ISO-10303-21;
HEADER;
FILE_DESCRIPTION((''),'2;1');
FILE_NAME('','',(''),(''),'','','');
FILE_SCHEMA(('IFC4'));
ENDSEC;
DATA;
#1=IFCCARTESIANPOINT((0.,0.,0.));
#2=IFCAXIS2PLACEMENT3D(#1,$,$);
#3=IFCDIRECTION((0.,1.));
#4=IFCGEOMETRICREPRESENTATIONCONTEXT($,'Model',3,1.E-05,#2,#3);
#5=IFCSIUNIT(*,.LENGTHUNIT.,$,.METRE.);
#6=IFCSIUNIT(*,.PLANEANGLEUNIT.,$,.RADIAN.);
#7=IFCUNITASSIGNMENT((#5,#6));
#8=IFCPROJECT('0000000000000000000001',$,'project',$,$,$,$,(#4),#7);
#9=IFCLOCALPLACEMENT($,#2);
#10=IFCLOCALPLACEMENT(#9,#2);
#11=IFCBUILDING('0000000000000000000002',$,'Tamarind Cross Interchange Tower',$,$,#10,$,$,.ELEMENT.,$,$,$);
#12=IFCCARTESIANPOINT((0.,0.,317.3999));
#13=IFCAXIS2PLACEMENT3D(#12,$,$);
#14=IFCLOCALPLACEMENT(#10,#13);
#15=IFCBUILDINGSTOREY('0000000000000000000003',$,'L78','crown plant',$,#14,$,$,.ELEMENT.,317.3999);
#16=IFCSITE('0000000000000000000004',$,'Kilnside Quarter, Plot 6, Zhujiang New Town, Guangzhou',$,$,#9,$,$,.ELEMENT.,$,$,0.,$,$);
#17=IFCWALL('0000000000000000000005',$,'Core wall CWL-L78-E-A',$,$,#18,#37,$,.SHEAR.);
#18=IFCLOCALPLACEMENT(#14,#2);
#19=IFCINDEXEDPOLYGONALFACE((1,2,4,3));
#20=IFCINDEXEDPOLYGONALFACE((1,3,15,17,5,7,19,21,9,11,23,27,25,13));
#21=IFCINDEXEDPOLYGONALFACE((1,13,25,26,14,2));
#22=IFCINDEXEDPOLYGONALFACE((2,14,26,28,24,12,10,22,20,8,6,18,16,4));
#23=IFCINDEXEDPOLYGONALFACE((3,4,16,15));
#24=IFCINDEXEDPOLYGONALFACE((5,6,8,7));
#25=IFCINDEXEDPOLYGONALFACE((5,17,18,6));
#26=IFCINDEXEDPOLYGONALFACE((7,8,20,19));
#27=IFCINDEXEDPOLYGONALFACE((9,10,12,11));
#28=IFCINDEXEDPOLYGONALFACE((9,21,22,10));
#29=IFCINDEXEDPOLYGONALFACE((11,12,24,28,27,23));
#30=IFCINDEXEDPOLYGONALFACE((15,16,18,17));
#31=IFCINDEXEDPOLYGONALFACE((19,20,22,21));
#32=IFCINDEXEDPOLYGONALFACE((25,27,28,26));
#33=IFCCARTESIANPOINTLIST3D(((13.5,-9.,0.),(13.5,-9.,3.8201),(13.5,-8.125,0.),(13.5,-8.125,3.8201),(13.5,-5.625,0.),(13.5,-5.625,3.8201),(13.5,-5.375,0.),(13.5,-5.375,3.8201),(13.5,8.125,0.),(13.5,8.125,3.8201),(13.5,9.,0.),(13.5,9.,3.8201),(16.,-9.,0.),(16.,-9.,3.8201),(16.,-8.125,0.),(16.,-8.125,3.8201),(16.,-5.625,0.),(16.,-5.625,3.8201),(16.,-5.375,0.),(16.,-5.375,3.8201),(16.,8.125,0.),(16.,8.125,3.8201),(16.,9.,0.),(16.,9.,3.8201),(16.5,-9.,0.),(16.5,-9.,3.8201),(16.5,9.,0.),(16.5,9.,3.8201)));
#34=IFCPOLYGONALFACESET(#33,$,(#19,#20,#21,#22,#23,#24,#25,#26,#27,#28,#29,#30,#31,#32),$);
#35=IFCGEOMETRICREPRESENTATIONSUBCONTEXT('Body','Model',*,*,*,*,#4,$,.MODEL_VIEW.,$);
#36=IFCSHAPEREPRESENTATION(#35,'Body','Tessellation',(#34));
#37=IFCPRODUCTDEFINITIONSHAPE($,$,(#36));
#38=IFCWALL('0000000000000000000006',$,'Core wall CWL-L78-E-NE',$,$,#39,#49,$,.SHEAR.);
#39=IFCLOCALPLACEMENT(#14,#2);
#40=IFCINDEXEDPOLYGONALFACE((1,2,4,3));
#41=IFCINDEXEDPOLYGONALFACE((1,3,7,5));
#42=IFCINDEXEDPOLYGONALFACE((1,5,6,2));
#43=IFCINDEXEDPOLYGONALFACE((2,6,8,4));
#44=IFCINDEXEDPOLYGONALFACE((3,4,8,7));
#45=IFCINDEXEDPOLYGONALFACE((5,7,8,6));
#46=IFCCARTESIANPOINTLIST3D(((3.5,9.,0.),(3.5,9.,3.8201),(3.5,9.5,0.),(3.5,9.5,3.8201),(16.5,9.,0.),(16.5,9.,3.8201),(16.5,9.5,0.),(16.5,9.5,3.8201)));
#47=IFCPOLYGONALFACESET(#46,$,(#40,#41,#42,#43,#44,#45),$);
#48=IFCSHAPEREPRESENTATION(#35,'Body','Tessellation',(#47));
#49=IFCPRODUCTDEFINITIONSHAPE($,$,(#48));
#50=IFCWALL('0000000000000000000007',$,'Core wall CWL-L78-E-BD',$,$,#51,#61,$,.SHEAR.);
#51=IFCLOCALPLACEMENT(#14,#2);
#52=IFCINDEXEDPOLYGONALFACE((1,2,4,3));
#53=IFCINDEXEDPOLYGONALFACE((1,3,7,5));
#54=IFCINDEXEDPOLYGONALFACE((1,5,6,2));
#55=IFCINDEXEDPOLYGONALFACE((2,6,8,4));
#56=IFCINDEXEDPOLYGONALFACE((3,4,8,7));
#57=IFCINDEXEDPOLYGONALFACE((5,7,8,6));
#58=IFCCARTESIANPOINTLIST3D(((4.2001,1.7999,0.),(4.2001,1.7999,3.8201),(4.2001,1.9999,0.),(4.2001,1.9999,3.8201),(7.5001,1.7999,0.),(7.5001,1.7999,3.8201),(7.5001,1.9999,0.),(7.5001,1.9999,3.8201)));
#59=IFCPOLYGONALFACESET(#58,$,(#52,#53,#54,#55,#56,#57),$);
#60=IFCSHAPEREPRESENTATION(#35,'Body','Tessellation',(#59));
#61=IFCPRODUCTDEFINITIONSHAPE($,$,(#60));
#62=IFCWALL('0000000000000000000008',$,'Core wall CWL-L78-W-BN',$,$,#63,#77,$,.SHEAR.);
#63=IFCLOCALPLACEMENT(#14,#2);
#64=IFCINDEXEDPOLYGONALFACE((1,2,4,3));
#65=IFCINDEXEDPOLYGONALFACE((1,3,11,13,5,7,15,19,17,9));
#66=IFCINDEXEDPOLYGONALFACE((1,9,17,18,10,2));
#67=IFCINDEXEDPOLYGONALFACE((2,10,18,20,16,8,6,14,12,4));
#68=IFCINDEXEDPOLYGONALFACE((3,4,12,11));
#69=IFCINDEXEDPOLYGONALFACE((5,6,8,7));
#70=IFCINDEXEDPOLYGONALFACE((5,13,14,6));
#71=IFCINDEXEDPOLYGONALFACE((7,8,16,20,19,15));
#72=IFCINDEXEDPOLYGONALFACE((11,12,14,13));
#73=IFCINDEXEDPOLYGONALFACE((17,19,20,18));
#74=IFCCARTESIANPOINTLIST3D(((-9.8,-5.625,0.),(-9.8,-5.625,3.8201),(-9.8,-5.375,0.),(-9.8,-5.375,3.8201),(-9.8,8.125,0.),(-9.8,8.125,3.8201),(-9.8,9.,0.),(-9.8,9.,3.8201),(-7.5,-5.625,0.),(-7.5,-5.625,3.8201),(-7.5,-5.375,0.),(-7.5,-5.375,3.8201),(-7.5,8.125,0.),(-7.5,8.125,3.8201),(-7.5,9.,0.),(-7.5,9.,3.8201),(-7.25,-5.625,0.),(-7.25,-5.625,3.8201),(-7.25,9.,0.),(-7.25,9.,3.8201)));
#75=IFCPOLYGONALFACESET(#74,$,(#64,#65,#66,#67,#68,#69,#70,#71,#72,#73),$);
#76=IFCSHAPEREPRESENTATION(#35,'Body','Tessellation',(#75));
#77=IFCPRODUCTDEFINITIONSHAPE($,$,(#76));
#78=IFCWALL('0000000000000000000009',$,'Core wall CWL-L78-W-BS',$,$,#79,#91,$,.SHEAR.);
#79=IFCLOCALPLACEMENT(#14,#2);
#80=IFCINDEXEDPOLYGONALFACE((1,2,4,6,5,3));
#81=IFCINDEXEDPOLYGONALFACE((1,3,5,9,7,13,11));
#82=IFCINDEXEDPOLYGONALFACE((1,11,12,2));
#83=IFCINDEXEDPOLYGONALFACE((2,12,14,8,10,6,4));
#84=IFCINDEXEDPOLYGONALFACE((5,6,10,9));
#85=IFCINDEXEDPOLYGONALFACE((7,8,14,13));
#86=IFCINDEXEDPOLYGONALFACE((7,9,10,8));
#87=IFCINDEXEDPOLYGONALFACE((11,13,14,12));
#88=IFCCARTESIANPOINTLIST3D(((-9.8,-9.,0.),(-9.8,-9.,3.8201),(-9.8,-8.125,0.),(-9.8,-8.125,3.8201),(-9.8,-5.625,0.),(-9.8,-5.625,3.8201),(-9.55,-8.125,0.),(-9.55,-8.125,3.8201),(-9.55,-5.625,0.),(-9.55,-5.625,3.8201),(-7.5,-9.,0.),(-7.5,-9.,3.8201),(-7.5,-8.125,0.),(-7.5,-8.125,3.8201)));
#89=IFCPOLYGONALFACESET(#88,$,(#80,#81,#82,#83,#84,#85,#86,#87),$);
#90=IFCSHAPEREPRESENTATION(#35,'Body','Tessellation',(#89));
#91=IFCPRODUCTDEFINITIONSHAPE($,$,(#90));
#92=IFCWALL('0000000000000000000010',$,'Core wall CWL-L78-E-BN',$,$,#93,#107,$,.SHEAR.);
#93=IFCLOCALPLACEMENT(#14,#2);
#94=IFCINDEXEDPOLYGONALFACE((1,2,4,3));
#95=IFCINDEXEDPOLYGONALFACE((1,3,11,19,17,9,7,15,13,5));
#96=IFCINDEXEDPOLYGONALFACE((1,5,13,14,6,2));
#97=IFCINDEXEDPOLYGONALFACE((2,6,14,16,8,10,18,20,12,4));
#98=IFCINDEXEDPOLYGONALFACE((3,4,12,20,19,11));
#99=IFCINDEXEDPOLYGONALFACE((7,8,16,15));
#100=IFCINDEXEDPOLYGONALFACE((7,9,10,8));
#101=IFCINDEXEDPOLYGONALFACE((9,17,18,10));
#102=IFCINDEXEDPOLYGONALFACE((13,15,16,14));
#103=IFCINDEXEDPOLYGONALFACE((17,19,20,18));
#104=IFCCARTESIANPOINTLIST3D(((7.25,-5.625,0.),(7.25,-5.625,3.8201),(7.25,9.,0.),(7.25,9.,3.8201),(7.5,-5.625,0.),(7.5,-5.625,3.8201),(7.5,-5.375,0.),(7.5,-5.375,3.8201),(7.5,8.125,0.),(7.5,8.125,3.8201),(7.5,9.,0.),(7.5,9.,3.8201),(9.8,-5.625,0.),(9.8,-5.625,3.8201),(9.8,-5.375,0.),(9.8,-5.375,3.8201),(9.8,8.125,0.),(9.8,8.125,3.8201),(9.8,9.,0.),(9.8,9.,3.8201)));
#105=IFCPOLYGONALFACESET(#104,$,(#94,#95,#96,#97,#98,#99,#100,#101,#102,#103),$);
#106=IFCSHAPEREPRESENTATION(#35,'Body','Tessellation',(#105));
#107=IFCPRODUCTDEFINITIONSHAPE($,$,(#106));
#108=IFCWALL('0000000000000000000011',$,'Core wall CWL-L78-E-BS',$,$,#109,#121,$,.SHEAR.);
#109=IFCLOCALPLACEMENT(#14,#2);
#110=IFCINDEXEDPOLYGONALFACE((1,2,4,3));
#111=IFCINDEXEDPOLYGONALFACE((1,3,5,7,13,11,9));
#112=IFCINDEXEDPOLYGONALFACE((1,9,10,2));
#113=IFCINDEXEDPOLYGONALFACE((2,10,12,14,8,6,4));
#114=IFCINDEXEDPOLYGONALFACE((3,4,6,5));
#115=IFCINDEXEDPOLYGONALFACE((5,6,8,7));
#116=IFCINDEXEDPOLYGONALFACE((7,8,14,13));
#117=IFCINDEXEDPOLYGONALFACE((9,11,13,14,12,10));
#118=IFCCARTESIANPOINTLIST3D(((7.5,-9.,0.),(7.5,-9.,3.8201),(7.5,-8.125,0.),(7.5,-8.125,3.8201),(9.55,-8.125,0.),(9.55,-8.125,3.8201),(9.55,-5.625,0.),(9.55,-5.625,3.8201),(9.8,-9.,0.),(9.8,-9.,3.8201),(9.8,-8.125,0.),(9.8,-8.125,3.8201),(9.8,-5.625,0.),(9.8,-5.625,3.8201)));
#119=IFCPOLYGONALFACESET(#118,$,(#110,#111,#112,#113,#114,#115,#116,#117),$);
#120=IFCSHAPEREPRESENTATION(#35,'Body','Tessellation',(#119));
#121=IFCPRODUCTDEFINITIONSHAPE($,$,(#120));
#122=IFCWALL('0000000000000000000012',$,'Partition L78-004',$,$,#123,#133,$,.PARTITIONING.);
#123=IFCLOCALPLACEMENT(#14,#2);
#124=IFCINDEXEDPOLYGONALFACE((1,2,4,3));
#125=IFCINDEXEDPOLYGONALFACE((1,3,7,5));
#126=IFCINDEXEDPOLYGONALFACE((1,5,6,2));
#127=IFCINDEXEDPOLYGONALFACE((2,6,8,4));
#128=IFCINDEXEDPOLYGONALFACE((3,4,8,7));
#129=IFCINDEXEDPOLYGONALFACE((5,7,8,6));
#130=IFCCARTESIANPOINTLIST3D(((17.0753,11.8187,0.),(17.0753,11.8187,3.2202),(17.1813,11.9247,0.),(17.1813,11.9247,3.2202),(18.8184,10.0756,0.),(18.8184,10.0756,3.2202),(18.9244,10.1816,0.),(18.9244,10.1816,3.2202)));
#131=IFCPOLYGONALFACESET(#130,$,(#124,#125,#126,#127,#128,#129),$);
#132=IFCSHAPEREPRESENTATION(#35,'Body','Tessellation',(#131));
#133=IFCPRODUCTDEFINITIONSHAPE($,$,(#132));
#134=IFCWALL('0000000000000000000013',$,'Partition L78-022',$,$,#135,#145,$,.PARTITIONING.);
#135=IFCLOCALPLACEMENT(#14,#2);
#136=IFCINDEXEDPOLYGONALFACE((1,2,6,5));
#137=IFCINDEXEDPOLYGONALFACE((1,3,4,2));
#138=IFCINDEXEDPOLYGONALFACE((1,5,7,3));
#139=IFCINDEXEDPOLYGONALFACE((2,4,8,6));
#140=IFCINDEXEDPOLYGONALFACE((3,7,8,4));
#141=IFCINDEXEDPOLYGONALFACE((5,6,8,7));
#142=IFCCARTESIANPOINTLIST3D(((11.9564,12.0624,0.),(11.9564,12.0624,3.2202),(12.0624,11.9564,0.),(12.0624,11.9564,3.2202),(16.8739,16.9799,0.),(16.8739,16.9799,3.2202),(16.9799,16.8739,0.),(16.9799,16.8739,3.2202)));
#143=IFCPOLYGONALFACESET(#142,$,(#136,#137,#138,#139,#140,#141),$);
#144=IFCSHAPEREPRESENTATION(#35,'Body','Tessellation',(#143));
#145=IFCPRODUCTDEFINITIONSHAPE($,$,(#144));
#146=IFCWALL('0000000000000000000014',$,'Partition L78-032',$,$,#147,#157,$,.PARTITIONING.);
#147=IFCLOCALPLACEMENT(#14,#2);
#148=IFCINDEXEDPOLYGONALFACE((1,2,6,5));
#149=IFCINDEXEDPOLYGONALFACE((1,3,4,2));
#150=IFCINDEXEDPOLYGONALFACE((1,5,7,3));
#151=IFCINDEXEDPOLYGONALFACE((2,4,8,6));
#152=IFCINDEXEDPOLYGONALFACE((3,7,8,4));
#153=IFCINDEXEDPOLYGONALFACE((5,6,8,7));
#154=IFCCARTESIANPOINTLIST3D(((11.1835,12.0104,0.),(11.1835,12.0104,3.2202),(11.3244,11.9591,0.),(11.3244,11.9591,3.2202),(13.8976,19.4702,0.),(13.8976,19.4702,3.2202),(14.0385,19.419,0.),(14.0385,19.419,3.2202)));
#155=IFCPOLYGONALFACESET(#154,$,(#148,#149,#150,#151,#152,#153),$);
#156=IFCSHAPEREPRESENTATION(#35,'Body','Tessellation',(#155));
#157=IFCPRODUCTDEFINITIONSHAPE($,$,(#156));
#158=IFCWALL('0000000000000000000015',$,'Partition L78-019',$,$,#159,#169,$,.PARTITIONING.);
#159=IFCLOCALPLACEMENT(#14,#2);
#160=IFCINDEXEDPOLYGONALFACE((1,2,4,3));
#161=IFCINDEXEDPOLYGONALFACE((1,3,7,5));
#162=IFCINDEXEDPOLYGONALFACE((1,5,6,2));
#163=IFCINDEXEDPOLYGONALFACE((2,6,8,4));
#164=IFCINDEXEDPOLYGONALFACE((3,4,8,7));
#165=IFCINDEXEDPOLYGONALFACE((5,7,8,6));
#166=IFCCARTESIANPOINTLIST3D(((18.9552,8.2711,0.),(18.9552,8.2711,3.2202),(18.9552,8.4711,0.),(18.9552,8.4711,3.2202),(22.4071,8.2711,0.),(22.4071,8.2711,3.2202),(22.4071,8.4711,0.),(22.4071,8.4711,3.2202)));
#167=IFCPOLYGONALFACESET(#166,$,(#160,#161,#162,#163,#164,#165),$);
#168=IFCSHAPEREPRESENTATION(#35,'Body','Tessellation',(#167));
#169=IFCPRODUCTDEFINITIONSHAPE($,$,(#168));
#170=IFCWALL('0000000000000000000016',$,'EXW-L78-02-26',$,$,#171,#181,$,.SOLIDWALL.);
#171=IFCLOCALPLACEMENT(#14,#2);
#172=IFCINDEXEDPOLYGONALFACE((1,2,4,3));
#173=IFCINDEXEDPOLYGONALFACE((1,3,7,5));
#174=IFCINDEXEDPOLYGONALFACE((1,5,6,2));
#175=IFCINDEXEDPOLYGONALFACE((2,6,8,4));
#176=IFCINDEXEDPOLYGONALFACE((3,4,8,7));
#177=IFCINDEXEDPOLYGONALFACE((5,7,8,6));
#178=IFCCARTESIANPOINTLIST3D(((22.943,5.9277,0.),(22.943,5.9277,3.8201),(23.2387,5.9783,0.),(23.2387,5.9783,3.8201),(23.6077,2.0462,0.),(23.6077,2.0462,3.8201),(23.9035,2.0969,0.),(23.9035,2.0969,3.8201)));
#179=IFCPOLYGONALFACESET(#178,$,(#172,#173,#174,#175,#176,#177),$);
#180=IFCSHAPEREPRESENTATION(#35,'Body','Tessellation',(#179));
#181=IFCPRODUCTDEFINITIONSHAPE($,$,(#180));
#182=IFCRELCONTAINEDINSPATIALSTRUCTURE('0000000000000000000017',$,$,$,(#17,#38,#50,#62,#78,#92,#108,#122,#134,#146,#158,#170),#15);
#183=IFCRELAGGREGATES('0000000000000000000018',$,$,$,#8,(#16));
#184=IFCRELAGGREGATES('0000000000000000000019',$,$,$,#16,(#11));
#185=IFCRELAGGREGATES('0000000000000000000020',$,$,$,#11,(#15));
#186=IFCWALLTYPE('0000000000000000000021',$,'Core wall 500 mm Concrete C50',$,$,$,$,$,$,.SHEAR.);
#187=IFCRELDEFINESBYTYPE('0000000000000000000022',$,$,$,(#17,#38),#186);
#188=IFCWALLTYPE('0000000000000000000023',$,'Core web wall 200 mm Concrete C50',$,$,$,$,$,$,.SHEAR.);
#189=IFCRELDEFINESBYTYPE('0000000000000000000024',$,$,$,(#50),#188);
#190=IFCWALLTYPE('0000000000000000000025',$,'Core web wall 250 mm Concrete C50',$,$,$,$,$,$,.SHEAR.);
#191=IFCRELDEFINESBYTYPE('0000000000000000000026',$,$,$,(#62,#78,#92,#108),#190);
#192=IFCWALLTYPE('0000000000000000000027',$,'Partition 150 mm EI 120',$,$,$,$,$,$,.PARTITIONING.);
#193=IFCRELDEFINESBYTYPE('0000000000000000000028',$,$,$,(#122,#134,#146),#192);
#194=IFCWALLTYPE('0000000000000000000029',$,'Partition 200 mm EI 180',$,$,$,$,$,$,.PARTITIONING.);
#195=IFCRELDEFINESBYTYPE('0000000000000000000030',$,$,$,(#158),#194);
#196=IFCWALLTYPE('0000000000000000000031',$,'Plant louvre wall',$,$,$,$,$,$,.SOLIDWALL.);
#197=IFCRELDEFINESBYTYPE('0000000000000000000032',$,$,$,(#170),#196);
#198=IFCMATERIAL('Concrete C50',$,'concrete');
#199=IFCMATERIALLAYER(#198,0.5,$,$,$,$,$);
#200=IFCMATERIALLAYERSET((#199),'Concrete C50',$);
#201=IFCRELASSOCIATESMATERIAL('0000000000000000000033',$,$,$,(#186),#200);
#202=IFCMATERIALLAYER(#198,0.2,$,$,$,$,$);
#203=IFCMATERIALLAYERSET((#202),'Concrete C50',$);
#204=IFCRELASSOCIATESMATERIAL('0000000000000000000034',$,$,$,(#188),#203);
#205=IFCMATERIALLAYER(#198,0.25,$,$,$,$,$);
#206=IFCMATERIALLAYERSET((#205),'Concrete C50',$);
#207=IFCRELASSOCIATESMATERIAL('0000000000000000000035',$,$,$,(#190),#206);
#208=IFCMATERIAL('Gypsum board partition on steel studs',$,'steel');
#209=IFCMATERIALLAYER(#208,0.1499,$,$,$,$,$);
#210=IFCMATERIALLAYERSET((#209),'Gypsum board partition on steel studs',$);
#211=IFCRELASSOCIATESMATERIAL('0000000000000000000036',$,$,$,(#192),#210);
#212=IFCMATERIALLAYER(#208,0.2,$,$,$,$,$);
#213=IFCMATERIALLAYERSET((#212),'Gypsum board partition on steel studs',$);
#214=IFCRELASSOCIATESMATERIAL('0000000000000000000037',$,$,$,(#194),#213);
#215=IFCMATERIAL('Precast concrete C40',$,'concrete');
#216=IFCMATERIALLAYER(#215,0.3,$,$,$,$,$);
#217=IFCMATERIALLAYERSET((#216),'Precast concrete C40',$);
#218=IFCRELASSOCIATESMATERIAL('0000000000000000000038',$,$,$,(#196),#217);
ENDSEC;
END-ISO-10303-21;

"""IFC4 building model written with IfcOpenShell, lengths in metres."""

from ifc_helpers import new_model, si_unit, direction, frame, frame_2d, origin, place, context, subcontext, project, spatial, polyline, rectangle, outline, extrude, material, layer, layer_set, type_object, element, save


model = new_model("IFC4")

# Units and contexts
model_context = context("Model", 3, precision=1e-05, world=origin(), true_north=direction((0.0, 1.0)))
body_context = subcontext(model_context, "Body", "Model", "MODEL_VIEW")
ifc_project = project(units=[si_unit("LENGTHUNIT", "METRE"), si_unit("PLANEANGLEUNIT", "RADIAN")], contexts=[model_context])

# Site, building, storey
site_placement = place(None, origin())
site = spatial("IfcSite", under=ifc_project, at=site_placement, Name="Kilnside Quarter, Plot 6, Zhujiang New Town, Guangzhou", CompositionType="ELEMENT", RefElevation=0.0)
building_placement = place(site_placement, origin())
building = spatial("IfcBuilding", under=site, at=building_placement, Name="Tamarind Cross Interchange Tower", CompositionType="ELEMENT")
storey_placement = place(building_placement, frame((0.0, 0.0, 317.3999)))
storey = spatial("IfcBuildingStorey", under=building, at=storey_placement, Name="L78", Description="crown plant", CompositionType="ELEMENT", Elevation=317.3999)

# Walls
ifc_material_1 = material(Name="Concrete C50", Category="concrete")
ifc_layer_1 = layer(ifc_material_1, 0.5)
ifc_layer_set_1 = layer_set([ifc_layer_1], Name="Concrete C50")
wall_type_1 = type_object("IfcWallType", Name="Core wall 500 mm Concrete C50", PredefinedType="SHEAR", material=ifc_layer_set_1)
wall_1_placement = place(storey_placement, origin())
element("IfcWall", 1, at=wall_1_placement, inside=storey, type_object=wall_type_1, Name="Core wall CWL-L78-E-A", PredefinedType="SHEAR", context=body_context, shape_type="SweptSolid", body=[
    extrude(outline(polyline([(13.5, -8.125), (13.5, -9.0), (16.0, -9.0), (16.5, -9.0), (16.5, 9.0), (16.0, 9.0), (13.5, 9.0), (13.5, 8.125), (16.0, 8.125), (16.0, -5.375), (13.5, -5.375), (13.5, -5.625), (16.0, -5.625), (16.0, -8.125), (13.5, -8.125)])), origin(), (0.0, 0.0, 1.0), 3.8201),
])
wall_2_placement = place(storey_placement, frame((16.5, 9.25, 0.0), z_axis=(0.0, 0.0, 1.0), x_axis=(-1.0, 0.0, 0.0)))
element("IfcWall", 2, at=wall_2_placement, inside=storey, type_object=wall_type_1, Name="Core wall CWL-L78-E-NE", PredefinedType="SHEAR", context=body_context, shape_type="SweptSolid", body=[
    extrude(rectangle(XDim=13.0, YDim=0.5, at=frame_2d((6.5, 0.0))), origin(), (0.0, 0.0, 1.0), 3.8201),
])
ifc_layer_2 = layer(ifc_material_1, 0.2)
ifc_layer_set_2 = layer_set([ifc_layer_2], Name="Concrete C50")
wall_type_2 = type_object("IfcWallType", Name="Core web wall 200 mm Concrete C50", PredefinedType="SHEAR", material=ifc_layer_set_2)
wall_3_placement = place(storey_placement, frame((7.5, 1.8999, 0.0), z_axis=(0.0, 0.0, 1.0), x_axis=(-1.0, 0.0, 0.0)))
element("IfcWall", 3, at=wall_3_placement, inside=storey, type_object=wall_type_2, Name="Core wall CWL-L78-E-BD", PredefinedType="SHEAR", context=body_context, shape_type="SweptSolid", body=[
    extrude(rectangle(XDim=3.3, YDim=0.2, at=frame_2d((1.6499, 0.0))), origin(), (0.0, 0.0, 1.0), 3.8201),
])
ifc_layer_3 = layer(ifc_material_1, 0.25)
ifc_layer_set_3 = layer_set([ifc_layer_3], Name="Concrete C50")
wall_type_3 = type_object("IfcWallType", Name="Core web wall 250 mm Concrete C50", PredefinedType="SHEAR", material=ifc_layer_set_3)
wall_4_placement = place(storey_placement, origin())
element("IfcWall", 4, at=wall_4_placement, inside=storey, type_object=wall_type_3, Name="Core wall CWL-L78-W-BN", PredefinedType="SHEAR", context=body_context, shape_type="SweptSolid", body=[
    extrude(outline(polyline([(-9.8, -5.625), (-7.5, -5.625), (-7.25, -5.625), (-7.25, 9.0), (-7.5, 9.0), (-9.8, 9.0), (-9.8, 8.125), (-7.5, 8.125), (-7.5, -5.375), (-9.8, -5.375), (-9.8, -5.625)])), origin(), (0.0, 0.0, 1.0), 3.8201),
])
wall_5_placement = place(storey_placement, origin())
element("IfcWall", 5, at=wall_5_placement, inside=storey, type_object=wall_type_3, Name="Core wall CWL-L78-W-BS", PredefinedType="SHEAR", context=body_context, shape_type="SweptSolid", body=[
    extrude(outline(polyline([(-7.5, -8.125), (-9.55, -8.125), (-9.55, -5.625), (-9.8, -5.625), (-9.8, -8.125), (-9.8, -9.0), (-7.5, -9.0), (-7.5, -8.125)])), origin(), (0.0, 0.0, 1.0), 3.8201),
])
wall_6_placement = place(storey_placement, origin())
element("IfcWall", 6, at=wall_6_placement, inside=storey, type_object=wall_type_3, Name="Core wall CWL-L78-E-BN", PredefinedType="SHEAR", context=body_context, shape_type="SweptSolid", body=[
    extrude(outline(polyline([(9.8, -5.625), (9.8, -5.375), (7.5, -5.375), (7.5, 8.125), (9.8, 8.125), (9.8, 9.0), (7.5, 9.0), (7.25, 9.0), (7.25, -5.625), (7.5, -5.625), (9.8, -5.625)])), origin(), (0.0, 0.0, 1.0), 3.8201),
])
wall_7_placement = place(storey_placement, origin())
element("IfcWall", 7, at=wall_7_placement, inside=storey, type_object=wall_type_3, Name="Core wall CWL-L78-E-BS", PredefinedType="SHEAR", context=body_context, shape_type="SweptSolid", body=[
    extrude(outline(polyline([(7.5, -8.125), (7.5, -9.0), (9.8, -9.0), (9.8, -8.125), (9.8, -5.625), (9.55, -5.625), (9.55, -8.125), (7.5, -8.125)])), origin(), (0.0, 0.0, 1.0), 3.8201),
])
ifc_material_2 = material(Name="Gypsum board partition on steel studs", Category="steel")
ifc_layer_4 = layer(ifc_material_2, 0.1499)
ifc_layer_set_4 = layer_set([ifc_layer_4], Name="Gypsum board partition on steel studs")
wall_type_4 = type_object("IfcWallType", Name="Partition 150 mm EI 120", PredefinedType="PARTITIONING", material=ifc_layer_set_4)
wall_8_placement = place(storey_placement, frame((17.1284, 11.8716, 0.0), z_axis=(0.0, 0.0, 1.0), x_axis=(0.707107, -0.707107, 0.0)))
element("IfcWall", 8, at=wall_8_placement, inside=storey, type_object=wall_type_4, Name="Partition L78-004", PredefinedType="PARTITIONING", context=body_context, shape_type="SweptSolid", body=[
    extrude(rectangle(XDim=2.4651, YDim=0.1499, at=frame_2d((1.2324, 0.0))), origin(), (0.0, 0.0, 1.0), 3.2202),
])
wall_9_placement = place(storey_placement, frame((12.0095, 12.0095, 0.0), z_axis=(0.0, 0.0, 1.0), x_axis=(0.707107, 0.707107, 0.0)))
element("IfcWall", 9, at=wall_9_placement, inside=storey, type_object=wall_type_4, Name="Partition L78-022", PredefinedType="PARTITIONING", context=body_context, shape_type="SweptSolid", body=[
    extrude(rectangle(XDim=6.9543, YDim=0.1499, at=frame_2d((3.4771, 0.0))), origin(), (0.0, 0.0, 1.0), 3.2202),
])
wall_10_placement = place(storey_placement, frame((11.2539, 11.9846, 0.0), z_axis=(0.0, 0.0, 1.0), x_axis=(0.341899, 0.939737, 0.0)))
element("IfcWall", 10, at=wall_10_placement, inside=storey, type_object=wall_type_4, Name="Partition L78-032", PredefinedType="PARTITIONING", context=body_context, shape_type="SweptSolid", body=[
    extrude(rectangle(XDim=7.9382, YDim=0.1499, at=frame_2d((3.9692, 0.0))), origin(), (0.0, 0.0, 1.0), 3.2202),
])
ifc_layer_5 = layer(ifc_material_2, 0.2)
ifc_layer_set_5 = layer_set([ifc_layer_5], Name="Gypsum board partition on steel studs")
wall_type_5 = type_object("IfcWallType", Name="Partition 200 mm EI 180", PredefinedType="PARTITIONING", material=ifc_layer_set_5)
wall_11_placement = place(storey_placement, frame((18.9551, 8.3711, 0.0), z_axis=(0.0, 0.0, 1.0), x_axis=(1.0, 0.0, 0.0)))
element("IfcWall", 11, at=wall_11_placement, inside=storey, type_object=wall_type_5, Name="Partition L78-019", PredefinedType="PARTITIONING", context=body_context, shape_type="SweptSolid", body=[
    extrude(rectangle(XDim=3.4519, YDim=0.2, at=frame_2d((1.7261, 0.0))), origin(), (0.0, 0.0, 1.0), 3.2202),
])
ifc_material_3 = material(Name="Precast concrete C40", Category="concrete")
ifc_layer_6 = layer(ifc_material_3, 0.3)
ifc_layer_set_6 = layer_set([ifc_layer_6], Name="Precast concrete C40")
wall_type_6 = type_object("IfcWallType", Name="Plant louvre wall", PredefinedType="SOLIDWALL", material=ifc_layer_set_6)
wall_12_placement = place(storey_placement, frame((23.7556, 2.0715, 0.0), z_axis=(0.0, 0.0, 1.0), x_axis=(-0.168811, 0.985648, 0.0)))
element("IfcWall", 12, at=wall_12_placement, inside=storey, type_object=wall_type_6, Name="EXW-L78-02-26", PredefinedType="SOLIDWALL", context=body_context, shape_type="SweptSolid", body=[
    extrude(rectangle(XDim=3.938, YDim=0.3, at=frame_2d((1.969, 0.0))), origin(), (0.0, 0.0, 1.0), 3.8201),
])

save(model, "model.ifc")
